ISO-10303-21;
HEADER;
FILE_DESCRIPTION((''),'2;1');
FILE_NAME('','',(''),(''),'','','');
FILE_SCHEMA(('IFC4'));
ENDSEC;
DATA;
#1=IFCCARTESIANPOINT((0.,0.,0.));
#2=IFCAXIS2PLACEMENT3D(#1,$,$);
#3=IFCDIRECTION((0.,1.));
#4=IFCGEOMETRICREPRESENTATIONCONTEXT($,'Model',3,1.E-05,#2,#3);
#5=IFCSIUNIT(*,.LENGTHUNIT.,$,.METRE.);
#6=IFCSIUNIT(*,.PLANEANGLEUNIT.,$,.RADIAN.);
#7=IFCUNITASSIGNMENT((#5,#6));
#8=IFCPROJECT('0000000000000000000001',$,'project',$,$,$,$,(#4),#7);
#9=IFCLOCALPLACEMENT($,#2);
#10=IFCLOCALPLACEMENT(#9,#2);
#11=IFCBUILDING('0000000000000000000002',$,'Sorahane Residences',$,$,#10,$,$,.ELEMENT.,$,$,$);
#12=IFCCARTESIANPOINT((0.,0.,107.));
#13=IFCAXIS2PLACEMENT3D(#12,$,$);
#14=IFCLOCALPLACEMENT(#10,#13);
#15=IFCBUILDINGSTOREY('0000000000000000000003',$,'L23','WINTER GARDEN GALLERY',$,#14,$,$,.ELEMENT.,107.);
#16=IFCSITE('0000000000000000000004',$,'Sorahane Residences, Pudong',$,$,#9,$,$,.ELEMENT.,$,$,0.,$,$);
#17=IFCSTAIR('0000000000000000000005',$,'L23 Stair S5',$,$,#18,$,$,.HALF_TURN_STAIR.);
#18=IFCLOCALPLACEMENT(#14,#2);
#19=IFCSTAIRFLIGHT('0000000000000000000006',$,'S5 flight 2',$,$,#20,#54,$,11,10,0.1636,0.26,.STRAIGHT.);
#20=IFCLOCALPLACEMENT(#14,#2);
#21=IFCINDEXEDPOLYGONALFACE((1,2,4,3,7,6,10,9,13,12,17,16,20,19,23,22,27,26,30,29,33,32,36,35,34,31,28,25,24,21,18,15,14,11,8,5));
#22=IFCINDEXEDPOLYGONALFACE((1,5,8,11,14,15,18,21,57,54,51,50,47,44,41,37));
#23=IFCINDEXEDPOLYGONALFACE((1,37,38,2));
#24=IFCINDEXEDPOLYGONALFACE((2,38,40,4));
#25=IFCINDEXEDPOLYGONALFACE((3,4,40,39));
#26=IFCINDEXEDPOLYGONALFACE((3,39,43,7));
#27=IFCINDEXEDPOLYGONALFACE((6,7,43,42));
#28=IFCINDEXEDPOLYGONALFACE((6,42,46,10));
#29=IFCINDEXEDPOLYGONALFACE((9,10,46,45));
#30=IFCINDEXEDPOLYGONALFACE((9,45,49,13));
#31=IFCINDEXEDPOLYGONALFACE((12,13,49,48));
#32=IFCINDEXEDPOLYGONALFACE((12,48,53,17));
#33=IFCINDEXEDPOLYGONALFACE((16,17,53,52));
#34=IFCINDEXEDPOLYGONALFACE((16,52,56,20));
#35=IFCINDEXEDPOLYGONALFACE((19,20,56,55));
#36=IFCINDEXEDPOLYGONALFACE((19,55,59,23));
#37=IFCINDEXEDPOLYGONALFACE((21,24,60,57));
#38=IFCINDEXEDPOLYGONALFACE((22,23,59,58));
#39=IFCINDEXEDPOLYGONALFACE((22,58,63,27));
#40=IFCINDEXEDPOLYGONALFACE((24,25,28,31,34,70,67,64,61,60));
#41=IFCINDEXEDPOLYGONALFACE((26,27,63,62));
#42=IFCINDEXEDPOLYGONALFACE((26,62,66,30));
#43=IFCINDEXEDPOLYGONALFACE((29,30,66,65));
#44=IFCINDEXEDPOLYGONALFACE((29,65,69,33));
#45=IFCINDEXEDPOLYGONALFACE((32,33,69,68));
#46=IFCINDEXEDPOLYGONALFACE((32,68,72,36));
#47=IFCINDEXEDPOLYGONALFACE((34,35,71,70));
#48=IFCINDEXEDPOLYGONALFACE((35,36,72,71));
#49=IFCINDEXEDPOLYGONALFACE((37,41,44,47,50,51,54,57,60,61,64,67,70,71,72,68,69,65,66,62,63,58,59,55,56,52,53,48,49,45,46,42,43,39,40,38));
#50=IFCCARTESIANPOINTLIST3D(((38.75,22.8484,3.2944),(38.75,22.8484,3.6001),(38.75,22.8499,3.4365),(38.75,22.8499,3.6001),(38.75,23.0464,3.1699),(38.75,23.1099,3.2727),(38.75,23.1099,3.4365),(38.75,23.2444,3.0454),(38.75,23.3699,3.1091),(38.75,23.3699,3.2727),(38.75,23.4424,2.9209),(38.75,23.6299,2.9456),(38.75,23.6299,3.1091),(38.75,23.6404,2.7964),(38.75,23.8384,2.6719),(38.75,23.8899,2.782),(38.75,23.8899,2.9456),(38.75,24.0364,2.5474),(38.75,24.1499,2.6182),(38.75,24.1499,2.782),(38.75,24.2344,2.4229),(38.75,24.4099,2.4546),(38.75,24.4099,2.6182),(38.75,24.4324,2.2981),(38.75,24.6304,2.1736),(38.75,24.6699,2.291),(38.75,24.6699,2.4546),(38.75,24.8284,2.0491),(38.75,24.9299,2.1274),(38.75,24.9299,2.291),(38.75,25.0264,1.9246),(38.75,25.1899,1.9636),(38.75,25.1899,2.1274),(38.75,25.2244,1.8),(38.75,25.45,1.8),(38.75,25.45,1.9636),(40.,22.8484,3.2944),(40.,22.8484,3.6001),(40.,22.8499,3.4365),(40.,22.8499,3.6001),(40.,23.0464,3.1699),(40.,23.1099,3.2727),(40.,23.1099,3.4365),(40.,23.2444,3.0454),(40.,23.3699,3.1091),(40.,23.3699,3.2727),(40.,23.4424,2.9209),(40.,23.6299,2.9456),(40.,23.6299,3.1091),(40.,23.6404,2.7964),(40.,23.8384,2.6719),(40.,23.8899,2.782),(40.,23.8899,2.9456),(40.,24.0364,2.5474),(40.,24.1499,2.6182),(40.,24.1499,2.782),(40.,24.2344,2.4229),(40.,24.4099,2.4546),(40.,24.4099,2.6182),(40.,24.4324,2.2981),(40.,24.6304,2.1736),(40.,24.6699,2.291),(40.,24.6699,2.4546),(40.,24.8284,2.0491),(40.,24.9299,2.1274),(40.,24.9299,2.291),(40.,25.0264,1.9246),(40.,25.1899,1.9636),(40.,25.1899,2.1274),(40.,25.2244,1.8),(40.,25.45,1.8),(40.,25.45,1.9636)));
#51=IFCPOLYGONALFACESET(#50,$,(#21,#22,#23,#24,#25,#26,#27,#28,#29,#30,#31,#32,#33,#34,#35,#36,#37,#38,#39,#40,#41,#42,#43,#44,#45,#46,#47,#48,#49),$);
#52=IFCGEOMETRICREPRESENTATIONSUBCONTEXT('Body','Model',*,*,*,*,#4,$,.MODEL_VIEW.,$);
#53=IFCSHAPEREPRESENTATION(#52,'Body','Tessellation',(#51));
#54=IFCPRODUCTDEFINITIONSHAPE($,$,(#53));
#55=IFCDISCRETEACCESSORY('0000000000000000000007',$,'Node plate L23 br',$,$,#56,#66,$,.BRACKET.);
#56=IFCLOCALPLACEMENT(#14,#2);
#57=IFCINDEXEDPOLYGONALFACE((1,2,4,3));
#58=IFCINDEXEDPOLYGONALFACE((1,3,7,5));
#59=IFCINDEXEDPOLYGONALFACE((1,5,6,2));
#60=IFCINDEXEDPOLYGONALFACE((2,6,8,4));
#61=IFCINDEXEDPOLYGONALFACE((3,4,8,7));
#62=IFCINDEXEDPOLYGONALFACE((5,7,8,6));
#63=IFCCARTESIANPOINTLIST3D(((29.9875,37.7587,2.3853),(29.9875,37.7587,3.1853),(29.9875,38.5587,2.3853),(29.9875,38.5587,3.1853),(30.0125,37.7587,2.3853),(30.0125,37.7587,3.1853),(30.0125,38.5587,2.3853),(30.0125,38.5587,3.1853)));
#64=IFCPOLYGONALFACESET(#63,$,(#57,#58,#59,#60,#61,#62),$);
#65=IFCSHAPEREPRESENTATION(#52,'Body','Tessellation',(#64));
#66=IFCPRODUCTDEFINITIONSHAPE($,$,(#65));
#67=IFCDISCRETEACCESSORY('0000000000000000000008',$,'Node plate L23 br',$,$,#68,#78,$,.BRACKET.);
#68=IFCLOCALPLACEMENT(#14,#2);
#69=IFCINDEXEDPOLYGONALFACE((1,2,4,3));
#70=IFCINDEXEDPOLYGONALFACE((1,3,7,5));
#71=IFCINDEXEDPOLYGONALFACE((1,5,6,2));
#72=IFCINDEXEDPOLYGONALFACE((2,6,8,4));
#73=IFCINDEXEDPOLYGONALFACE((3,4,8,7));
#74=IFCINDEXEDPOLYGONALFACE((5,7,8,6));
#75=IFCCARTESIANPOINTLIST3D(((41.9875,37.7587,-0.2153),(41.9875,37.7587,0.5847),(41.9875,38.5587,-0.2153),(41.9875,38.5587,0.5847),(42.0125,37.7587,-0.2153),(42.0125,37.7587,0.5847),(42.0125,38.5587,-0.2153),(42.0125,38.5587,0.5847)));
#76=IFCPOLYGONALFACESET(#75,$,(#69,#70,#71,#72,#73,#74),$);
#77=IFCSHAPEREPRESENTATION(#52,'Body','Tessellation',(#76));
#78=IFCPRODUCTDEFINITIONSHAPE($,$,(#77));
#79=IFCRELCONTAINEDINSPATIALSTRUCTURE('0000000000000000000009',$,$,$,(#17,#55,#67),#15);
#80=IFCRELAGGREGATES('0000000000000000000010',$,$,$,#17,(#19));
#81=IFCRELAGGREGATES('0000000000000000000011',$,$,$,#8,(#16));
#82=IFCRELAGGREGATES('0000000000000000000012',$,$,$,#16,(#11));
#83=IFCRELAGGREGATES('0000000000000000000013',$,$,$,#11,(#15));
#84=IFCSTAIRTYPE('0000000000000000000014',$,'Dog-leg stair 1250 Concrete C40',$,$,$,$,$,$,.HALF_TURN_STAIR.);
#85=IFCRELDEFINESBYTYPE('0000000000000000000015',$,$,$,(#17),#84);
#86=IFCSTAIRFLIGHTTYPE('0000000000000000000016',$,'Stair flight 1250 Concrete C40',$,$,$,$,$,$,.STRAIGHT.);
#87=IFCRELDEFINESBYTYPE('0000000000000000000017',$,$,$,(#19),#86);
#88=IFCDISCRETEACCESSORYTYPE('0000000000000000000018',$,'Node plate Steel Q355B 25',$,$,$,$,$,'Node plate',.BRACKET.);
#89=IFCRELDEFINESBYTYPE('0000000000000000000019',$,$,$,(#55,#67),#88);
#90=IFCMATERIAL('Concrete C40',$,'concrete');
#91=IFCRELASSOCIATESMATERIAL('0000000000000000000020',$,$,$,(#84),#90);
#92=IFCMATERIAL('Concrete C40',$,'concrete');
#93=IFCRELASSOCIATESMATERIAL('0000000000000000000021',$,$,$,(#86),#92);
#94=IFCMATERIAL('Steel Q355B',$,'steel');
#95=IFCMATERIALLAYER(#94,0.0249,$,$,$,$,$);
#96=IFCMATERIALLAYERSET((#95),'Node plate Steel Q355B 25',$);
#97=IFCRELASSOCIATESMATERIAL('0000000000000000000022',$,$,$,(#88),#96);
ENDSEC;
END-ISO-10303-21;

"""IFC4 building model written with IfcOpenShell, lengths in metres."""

from ifc_helpers import new_model, si_unit, direction, frame, origin, origin_2d, place, context, subcontext, project, spatial, polyline, rectangle, outline, extrude, material, layer, layer_set, type_object, element, aggregate, save


model = new_model("IFC4")

# Units and contexts
model_context = context("Model", 3, precision=1e-05, world=origin(), true_north=direction((0.0, 1.0)))
body_context = subcontext(model_context, "Body", "Model", "MODEL_VIEW")
ifc_project = project(units=[si_unit("LENGTHUNIT", "METRE"), si_unit("PLANEANGLEUNIT", "RADIAN")], contexts=[model_context])

# Site, building, storey
site_placement = place(None, origin())
site = spatial("IfcSite", under=ifc_project, at=site_placement, Name="Sorahane Residences, Pudong", CompositionType="ELEMENT", RefElevation=0.0)
building_placement = place(site_placement, origin())
building = spatial("IfcBuilding", under=site, at=building_placement, Name="Sorahane Residences", CompositionType="ELEMENT")
storey_placement = place(building_placement, frame((0.0, 0.0, 107.0)))
storey = spatial("IfcBuildingStorey", under=building, at=storey_placement, Name="L23", Description="WINTER GARDEN GALLERY", CompositionType="ELEMENT", Elevation=107.0)

# Stair, stair flight
ifc_material_1 = material(Name="Concrete C40", Category="concrete")
stair_type = type_object("IfcStairType", Name="Dog-leg stair 1250 Concrete C40", PredefinedType="HALF_TURN_STAIR", material=ifc_material_1)
stair_placement = place(storey_placement, origin())
stair = element("IfcStair", 1, at=stair_placement, inside=storey, type_object=stair_type, Name="L23 Stair S5", PredefinedType="HALF_TURN_STAIR")
ifc_material_2 = material(Name="Concrete C40", Category="concrete")
stair_flight_type = type_object("IfcStairFlightType", Name="Stair flight 1250 Concrete C40", PredefinedType="STRAIGHT", material=ifc_material_2)
stair_flight_placement = place(storey_placement, frame((39.375, 25.45, 1.8), z_axis=(0.0, 0.0, 1.0), x_axis=(0.0, -1.0, 0.0)))
stair_flight = element("IfcStairFlight", 2, at=stair_flight_placement, type_object=stair_flight_type, Name="S5 flight 2", NumberOfRisers=11, NumberOfTreads=10, PredefinedType="STRAIGHT", RiserHeight=0.1636, TreadLength=0.26, context=body_context, shape_type="SweptSolid", body=[
    extrude(outline(polyline([(0.0, 0.0), (0.0, 0.1636), (0.26, 0.1636), (0.26, 0.3274), (0.52, 0.3274), (0.52, 0.491), (0.78, 0.491), (0.78, 0.6545), (1.04, 0.6545), (1.04, 0.8181), (1.3, 0.8181), (1.3, 0.9819), (1.5601, 0.9819), (1.5601, 1.1455), (1.8201, 1.1455), (1.8201, 1.3091), (2.0801, 1.3091), (2.0801, 1.4727), (2.3401, 1.4727), (2.3401, 1.6365), (2.6001, 1.6365), (2.6001, 1.8), (2.6016, 1.8), (2.6016, 1.4944), (2.4036, 1.3699), (2.2056, 1.2454), (2.0076, 1.1208), (1.8096, 0.9963), (1.6116, 0.8718), (1.4136, 0.7473), (1.2156, 0.6228), (1.0176, 0.498), (0.8196, 0.3735), (0.6216, 0.249), (0.4236, 0.1245), (0.2256, 0.0), (0.0, 0.0)])), frame((0.0, 0.625, 0.0), z_axis=(0.0, -1.0, 0.0), x_axis=(1.0, 0.0, 0.0)), (0.0, 0.0, 1.0), 1.25),
])
aggregate(stair, [stair_flight])

# Discrete accessories
ifc_material_3 = material(Name="Steel Q355B", Category="steel")
ifc_layer_1 = layer(ifc_material_3, 0.0249)
ifc_layer_set_1 = layer_set([ifc_layer_1], Name="Node plate Steel Q355B 25")
discrete_accessory_type = type_object("IfcDiscreteAccessoryType", Name="Node plate Steel Q355B 25", ElementType="Node plate", PredefinedType="BRACKET", material=ifc_layer_set_1)
for number, where, z_axis, x_axis, name in (
    (3, (30.0, 38.1587, 2.3853), (0.0, 0.0, 1.0), (0.0, 1.0, 0.0), "Node plate L23 br"),
    (4, (42.0, 38.1587, -0.2153), (0.0, 0.0, 1.0), (0.0, 1.0, 0.0), "Node plate L23 br"),
):
    element("IfcDiscreteAccessory", number, at=place(storey_placement, frame(where, z_axis=z_axis, x_axis=x_axis)), inside=storey, type_object=discrete_accessory_type, Name=name, PredefinedType="BRACKET", context=body_context, shape_type="SweptSolid", body=[
        extrude(rectangle(XDim=0.8, YDim=0.0249, at=origin_2d()), origin(), (0.0, 0.0, 1.0), 0.8),
    ])

save(model, "model.ifc")
